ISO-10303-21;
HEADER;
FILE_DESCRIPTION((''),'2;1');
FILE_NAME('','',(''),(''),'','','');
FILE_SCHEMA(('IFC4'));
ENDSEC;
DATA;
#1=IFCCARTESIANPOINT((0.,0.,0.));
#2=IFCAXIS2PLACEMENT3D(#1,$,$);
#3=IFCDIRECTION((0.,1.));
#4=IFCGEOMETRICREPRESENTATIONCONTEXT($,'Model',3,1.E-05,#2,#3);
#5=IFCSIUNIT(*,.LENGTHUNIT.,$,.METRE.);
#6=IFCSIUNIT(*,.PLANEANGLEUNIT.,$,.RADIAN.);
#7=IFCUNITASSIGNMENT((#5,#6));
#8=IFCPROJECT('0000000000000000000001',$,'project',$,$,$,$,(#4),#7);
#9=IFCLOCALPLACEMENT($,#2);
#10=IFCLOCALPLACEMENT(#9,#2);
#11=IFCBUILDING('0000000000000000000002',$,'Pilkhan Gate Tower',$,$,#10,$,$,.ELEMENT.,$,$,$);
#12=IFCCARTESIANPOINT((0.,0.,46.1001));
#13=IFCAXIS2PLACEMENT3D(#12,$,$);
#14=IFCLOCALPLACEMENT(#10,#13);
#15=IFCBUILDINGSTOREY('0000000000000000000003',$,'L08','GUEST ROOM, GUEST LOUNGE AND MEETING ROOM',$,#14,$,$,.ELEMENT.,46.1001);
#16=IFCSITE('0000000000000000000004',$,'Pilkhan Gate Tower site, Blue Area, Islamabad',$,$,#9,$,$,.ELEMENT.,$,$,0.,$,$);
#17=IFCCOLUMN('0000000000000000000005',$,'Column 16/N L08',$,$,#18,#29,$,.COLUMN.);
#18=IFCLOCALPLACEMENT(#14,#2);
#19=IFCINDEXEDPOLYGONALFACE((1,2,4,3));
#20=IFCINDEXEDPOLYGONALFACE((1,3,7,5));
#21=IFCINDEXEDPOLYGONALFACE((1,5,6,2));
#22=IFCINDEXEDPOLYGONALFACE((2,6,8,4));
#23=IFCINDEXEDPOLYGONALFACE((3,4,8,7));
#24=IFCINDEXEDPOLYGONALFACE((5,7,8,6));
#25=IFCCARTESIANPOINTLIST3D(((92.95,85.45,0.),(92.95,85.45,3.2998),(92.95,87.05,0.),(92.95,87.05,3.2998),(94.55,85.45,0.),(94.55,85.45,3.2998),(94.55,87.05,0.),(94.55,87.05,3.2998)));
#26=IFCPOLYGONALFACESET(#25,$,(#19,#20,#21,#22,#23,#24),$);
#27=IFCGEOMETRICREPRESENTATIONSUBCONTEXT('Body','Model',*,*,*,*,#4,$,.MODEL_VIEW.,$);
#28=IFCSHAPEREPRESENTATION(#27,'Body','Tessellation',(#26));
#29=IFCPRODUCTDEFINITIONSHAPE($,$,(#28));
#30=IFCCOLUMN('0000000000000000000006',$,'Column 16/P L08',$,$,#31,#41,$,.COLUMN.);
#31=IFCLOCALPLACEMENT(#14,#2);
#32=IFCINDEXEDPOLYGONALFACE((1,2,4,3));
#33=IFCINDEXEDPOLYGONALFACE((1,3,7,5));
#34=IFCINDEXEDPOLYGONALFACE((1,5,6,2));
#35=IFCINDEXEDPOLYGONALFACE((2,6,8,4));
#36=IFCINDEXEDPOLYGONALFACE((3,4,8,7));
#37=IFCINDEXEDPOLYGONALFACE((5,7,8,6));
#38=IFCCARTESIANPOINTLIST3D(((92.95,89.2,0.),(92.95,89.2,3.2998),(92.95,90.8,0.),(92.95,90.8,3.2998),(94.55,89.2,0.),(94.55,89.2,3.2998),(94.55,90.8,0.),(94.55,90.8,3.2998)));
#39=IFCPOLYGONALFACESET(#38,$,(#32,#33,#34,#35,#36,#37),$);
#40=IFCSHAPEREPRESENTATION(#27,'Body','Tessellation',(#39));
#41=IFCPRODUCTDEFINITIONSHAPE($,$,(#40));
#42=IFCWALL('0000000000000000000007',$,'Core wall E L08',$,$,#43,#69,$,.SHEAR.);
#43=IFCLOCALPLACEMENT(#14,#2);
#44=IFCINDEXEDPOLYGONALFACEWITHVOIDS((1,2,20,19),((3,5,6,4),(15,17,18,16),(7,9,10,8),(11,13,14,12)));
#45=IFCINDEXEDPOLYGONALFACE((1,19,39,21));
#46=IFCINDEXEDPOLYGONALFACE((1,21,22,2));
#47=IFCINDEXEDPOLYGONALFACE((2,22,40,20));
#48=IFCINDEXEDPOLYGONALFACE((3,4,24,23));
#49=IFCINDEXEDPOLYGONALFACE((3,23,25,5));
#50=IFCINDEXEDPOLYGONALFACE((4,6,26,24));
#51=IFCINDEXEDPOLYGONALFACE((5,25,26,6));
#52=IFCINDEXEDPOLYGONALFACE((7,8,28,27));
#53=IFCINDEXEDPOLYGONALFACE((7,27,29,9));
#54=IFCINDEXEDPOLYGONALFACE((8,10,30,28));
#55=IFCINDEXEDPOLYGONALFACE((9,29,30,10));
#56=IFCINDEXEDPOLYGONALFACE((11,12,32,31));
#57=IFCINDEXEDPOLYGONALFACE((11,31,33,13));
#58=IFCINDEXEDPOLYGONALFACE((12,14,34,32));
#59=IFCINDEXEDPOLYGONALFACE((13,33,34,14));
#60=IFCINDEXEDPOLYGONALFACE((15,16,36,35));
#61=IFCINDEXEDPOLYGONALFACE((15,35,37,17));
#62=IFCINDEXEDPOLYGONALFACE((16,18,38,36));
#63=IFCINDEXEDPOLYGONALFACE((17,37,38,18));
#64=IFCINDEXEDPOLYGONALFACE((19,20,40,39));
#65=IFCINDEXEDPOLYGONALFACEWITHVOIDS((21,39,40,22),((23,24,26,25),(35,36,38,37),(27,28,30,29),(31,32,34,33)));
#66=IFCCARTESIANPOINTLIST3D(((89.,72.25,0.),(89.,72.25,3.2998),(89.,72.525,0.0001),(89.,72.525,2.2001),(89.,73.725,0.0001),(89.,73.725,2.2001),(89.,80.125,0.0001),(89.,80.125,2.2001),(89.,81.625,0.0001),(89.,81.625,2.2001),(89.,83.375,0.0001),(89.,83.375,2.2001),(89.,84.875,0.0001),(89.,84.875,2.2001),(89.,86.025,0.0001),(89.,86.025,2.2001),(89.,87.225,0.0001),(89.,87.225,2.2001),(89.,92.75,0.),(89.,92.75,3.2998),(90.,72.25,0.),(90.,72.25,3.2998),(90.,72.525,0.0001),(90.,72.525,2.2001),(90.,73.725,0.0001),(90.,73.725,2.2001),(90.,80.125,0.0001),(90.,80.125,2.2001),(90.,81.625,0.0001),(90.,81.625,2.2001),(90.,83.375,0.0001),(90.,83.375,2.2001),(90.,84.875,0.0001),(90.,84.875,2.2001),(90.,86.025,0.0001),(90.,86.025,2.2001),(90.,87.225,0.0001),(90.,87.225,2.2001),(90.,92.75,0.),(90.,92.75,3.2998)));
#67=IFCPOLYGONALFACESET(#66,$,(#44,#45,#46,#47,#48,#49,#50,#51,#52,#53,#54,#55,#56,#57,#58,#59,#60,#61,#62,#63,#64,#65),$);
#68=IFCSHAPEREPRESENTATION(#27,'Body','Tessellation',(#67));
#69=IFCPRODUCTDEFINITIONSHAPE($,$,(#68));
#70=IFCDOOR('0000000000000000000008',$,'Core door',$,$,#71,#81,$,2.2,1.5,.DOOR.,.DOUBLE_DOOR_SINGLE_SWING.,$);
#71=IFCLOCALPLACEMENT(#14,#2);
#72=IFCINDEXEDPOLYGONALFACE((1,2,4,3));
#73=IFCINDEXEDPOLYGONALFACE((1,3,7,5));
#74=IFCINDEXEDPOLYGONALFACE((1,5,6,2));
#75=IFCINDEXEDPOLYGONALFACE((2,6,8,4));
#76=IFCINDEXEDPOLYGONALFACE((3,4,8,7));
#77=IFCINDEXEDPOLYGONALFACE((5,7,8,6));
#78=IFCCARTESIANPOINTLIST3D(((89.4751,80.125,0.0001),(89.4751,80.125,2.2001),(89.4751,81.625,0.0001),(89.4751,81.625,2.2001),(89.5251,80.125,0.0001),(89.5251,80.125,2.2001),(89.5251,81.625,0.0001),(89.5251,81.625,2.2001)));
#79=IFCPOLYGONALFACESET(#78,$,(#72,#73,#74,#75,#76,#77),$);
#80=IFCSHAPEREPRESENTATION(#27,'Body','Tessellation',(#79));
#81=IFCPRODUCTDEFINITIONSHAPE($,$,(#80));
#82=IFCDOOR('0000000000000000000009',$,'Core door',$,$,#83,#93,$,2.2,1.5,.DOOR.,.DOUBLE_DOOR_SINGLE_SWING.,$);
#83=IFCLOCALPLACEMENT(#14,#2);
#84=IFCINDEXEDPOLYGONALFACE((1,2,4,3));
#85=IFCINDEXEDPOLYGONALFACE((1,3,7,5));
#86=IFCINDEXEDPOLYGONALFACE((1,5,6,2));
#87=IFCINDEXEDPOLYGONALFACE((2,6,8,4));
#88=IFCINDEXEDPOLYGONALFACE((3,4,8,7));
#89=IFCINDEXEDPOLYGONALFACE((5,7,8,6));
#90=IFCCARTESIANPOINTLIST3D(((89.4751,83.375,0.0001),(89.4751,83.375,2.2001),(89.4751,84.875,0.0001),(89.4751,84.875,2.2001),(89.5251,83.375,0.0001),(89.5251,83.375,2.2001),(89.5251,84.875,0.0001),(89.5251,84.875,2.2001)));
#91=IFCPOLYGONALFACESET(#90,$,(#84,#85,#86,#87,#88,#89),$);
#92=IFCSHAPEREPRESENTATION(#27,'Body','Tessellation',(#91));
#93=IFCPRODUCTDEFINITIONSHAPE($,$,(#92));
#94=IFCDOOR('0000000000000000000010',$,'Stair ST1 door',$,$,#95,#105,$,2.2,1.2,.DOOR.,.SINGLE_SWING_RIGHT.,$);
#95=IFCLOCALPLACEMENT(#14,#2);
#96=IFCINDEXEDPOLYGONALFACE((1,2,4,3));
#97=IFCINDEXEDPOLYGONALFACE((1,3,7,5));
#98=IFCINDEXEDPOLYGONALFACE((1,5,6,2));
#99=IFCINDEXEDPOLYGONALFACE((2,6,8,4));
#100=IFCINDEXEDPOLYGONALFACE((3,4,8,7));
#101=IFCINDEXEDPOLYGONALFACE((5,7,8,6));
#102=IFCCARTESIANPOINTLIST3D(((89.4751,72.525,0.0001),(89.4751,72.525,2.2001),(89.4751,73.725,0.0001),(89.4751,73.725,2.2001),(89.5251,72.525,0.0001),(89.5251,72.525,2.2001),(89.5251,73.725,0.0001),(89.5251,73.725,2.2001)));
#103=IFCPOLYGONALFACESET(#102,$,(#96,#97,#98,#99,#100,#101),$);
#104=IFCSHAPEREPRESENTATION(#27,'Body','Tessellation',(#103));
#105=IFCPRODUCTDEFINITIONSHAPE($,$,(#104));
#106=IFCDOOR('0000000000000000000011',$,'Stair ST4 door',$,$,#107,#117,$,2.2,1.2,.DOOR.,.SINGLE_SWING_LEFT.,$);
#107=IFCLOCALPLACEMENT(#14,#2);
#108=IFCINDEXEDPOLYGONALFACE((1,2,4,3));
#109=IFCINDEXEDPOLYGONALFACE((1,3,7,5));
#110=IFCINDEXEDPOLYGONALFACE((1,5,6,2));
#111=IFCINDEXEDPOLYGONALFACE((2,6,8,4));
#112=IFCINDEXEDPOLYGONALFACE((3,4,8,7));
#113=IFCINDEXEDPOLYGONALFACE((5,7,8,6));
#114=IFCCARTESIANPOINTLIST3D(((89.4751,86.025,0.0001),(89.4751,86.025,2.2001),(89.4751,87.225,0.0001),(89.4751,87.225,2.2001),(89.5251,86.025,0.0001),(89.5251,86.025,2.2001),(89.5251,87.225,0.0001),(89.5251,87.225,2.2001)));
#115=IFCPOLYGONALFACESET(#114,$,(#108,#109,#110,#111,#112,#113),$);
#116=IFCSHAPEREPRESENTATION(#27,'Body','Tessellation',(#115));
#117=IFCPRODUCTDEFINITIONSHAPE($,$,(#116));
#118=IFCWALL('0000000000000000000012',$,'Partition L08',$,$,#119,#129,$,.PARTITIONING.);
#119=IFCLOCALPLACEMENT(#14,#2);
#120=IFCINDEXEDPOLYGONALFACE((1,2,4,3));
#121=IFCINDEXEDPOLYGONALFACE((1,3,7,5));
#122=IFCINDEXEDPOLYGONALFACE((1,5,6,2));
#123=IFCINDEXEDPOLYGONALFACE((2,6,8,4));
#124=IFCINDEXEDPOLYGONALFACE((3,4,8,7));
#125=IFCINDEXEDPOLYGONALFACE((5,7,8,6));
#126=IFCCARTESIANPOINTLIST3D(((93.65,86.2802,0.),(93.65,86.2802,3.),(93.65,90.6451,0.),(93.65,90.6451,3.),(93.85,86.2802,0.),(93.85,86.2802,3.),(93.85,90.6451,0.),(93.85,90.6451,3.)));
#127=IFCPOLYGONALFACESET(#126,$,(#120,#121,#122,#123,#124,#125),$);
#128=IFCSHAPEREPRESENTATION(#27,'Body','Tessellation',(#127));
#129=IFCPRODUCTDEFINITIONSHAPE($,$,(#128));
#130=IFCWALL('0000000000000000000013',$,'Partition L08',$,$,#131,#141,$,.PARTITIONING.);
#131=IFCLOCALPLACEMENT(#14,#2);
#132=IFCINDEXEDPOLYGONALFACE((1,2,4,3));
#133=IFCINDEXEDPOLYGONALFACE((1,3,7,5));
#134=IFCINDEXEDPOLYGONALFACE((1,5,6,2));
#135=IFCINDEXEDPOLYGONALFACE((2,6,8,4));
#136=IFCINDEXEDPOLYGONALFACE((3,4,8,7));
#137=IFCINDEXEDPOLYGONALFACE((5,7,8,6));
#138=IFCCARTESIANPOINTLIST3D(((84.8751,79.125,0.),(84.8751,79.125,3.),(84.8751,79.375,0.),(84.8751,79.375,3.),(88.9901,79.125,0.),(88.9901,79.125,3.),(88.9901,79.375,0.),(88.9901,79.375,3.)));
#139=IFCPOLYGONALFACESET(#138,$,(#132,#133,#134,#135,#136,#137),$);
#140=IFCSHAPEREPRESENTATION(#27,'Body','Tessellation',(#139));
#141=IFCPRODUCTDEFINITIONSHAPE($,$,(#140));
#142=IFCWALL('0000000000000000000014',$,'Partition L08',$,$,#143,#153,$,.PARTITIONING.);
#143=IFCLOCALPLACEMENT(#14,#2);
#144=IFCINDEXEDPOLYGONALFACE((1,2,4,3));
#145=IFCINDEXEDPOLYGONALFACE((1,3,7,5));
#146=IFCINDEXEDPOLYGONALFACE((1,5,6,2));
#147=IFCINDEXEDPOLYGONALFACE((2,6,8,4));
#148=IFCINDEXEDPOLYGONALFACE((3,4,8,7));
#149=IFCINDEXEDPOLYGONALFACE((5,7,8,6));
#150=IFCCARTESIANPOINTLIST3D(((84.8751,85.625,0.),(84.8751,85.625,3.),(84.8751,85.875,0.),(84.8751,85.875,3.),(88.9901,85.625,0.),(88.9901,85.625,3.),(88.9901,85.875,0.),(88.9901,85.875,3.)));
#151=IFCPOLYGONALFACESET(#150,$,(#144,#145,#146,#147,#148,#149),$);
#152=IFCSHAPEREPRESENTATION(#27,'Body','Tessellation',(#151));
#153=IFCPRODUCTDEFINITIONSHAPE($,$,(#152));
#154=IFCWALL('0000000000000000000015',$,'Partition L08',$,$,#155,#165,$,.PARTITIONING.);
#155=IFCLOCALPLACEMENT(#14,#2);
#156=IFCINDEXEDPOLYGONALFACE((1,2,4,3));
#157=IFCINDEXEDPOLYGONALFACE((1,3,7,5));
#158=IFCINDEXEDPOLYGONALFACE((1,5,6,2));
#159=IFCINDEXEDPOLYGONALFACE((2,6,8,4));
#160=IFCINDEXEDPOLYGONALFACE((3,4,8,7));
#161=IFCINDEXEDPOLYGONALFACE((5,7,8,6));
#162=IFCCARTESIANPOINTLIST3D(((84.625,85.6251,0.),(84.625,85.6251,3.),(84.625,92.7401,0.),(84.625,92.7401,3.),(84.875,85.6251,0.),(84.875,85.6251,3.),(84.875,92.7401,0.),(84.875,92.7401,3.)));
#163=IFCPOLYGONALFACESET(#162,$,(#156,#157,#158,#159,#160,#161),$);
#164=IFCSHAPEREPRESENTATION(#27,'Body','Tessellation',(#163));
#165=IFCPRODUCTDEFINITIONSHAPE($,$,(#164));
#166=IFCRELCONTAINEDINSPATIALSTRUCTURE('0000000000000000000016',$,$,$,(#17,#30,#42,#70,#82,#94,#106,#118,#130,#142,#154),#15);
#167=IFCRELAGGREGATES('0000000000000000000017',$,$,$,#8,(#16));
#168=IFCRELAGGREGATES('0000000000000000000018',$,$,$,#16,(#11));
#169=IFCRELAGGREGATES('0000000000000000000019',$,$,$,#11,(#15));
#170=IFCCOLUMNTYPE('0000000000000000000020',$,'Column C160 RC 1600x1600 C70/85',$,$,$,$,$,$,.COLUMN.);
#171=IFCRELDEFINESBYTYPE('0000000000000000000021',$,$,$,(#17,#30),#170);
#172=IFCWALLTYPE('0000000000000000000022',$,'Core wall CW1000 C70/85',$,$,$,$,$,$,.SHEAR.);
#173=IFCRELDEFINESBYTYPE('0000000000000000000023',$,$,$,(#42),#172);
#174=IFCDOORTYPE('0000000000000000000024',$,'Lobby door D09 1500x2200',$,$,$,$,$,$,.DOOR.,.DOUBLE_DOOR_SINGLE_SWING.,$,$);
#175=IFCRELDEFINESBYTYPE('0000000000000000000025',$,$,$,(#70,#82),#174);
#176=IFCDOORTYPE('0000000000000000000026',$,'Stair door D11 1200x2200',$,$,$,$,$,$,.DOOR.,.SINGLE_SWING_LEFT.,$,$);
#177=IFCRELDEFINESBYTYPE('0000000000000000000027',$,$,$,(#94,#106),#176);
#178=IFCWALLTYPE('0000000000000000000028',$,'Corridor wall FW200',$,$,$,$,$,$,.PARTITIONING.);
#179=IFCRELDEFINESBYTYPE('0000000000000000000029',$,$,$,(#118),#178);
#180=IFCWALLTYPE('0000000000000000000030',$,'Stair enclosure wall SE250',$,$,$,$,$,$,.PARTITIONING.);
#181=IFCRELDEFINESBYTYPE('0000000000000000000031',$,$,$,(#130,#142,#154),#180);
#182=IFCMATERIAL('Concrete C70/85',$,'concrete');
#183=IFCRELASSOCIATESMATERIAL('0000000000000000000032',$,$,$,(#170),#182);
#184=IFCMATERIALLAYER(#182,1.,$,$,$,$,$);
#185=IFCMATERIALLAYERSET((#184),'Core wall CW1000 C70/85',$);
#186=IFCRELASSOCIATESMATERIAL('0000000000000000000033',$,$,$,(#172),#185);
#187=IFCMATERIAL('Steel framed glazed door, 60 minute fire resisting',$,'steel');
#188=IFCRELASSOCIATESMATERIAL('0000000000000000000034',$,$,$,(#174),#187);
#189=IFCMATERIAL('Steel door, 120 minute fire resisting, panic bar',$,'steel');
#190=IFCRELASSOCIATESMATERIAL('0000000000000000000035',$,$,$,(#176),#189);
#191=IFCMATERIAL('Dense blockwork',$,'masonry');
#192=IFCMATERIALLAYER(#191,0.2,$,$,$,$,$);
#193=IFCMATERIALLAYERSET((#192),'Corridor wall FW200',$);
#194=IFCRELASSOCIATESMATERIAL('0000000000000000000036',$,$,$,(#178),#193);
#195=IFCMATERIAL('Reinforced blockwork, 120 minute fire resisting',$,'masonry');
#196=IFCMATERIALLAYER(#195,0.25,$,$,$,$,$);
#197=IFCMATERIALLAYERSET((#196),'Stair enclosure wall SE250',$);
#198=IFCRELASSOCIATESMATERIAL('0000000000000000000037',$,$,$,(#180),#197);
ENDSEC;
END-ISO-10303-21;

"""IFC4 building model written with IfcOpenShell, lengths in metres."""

from ifc_helpers import new_model, si_unit, direction, frame, frame_2d, origin, origin_2d, place, context, subcontext, project, spatial, rectangle, extrude, material, layer, layer_set, material_profile, profile_set, type_object, element, fill, save


model = new_model("IFC4")

# Units and contexts
model_context = context("Model", 3, precision=1e-05, world=origin(), true_north=direction((0.0, 1.0)))
body_context = subcontext(model_context, "Body", "Model", "MODEL_VIEW")
ifc_project = project(units=[si_unit("LENGTHUNIT", "METRE"), si_unit("PLANEANGLEUNIT", "RADIAN")], contexts=[model_context])

# Site, building, storey
site_placement = place(None, origin())
site = spatial("IfcSite", under=ifc_project, at=site_placement, Name="Pilkhan Gate Tower site, Blue Area, Islamabad", CompositionType="ELEMENT", RefElevation=0.0)
building_placement = place(site_placement, origin())
building = spatial("IfcBuilding", under=site, at=building_placement, Name="Pilkhan Gate Tower", CompositionType="ELEMENT")
storey_placement = place(building_placement, frame((0.0, 0.0, 46.1001)))
storey = spatial("IfcBuildingStorey", under=building, at=storey_placement, Name="L08", Description="GUEST ROOM, GUEST LOUNGE AND MEETING ROOM", CompositionType="ELEMENT", Elevation=46.1001)

# Columns
ifc_material_1 = material(Name="Concrete C70/85", Category="concrete")
ifc_material_profile = material_profile(ifc_material_1, rectangle(XDim=1.6001, YDim=1.6001, at=origin_2d()), Name="RC 1600x1600")
ifc_profile_set = profile_set([ifc_material_profile], Name="Concrete C70/85")
column_type = type_object("IfcColumnType", Name="Column C160 RC 1600x1600 C70/85", PredefinedType="COLUMN", material=ifc_profile_set)
for number, where, z_axis, x_axis, name in (
    (1, (93.75, 86.25, 0.0), (0.0, 0.0, 1.0), (1.0, 0.0, 0.0), "Column 16/N L08"),
    (2, (93.75, 90.0, 0.0), (0.0, 0.0, 1.0), (1.0, 0.0, 0.0), "Column 16/P L08"),
):
    element("IfcColumn", number, at=place(storey_placement, frame(where, z_axis=z_axis, x_axis=x_axis)), inside=storey, type_object=column_type, Name=name, PredefinedType="COLUMN", context=body_context, shape_type="SweptSolid", body=[
        extrude(rectangle(XDim=1.6001, YDim=1.6001, at=origin_2d()), origin(), (0.0, 0.0, 1.0), 3.2998),
    ])

# Wall, openings, doors
ifc_layer_1 = layer(ifc_material_1, 1.0)
ifc_layer_set_1 = layer_set([ifc_layer_1], Name="Core wall CW1000 C70/85")
wall_type_1 = type_object("IfcWallType", Name="Core wall CW1000 C70/85", PredefinedType="SHEAR", material=ifc_layer_set_1)
wall_1_placement = place(storey_placement, frame((89.5, 72.25, 0.0), z_axis=(0.0, 0.0, 1.0), x_axis=(0.0, 1.0, 0.0)))
wall_1 = element("IfcWall", 3, at=wall_1_placement, inside=storey, type_object=wall_type_1, Name="Core wall E L08", PredefinedType="SHEAR", context=body_context, shape_type="SweptSolid", body=[
    extrude(rectangle(XDim=20.5, YDim=1.0, at=frame_2d((10.25, 0.0))), origin(), (0.0, 0.0, 1.0), 3.2998),
])
opening_1_placement = place(wall_1_placement, frame((0.2749, 0.0, 0.0)))
opening_1 = element("IfcOpeningElement", 4, at=opening_1_placement, cuts=wall_1, PredefinedType="OPENING", context=body_context, shape_type="SweptSolid", body=[
    extrude(rectangle(XDim=1.2, YDim=2.2, at=frame_2d((0.6001, 1.1001))), frame((0.0, 0.51, 0.0), z_axis=(0.0, -1.0, 0.0), x_axis=(1.0, 0.0, 0.0)), (0.0, 0.0, 1.0), 1.02),
])
opening_2_placement = place(wall_1_placement, frame((13.7749, 0.0, 0.0)))
opening_2 = element("IfcOpeningElement", 5, at=opening_2_placement, cuts=wall_1, PredefinedType="OPENING", context=body_context, shape_type="SweptSolid", body=[
    extrude(rectangle(XDim=1.2, YDim=2.2, at=frame_2d((0.6001, 1.1001))), frame((0.0, 0.51, 0.0), z_axis=(0.0, -1.0, 0.0), x_axis=(1.0, 0.0, 0.0)), (0.0, 0.0, 1.0), 1.02),
])
opening_3_placement = place(wall_1_placement, frame((7.875, 0.0, 0.0)))
opening_3 = element("IfcOpeningElement", 6, at=opening_3_placement, cuts=wall_1, PredefinedType="OPENING", context=body_context, shape_type="SweptSolid", body=[
    extrude(rectangle(XDim=1.5, YDim=2.2, at=frame_2d((0.75, 1.1001))), frame((0.0, 0.51, 0.0), z_axis=(0.0, -1.0, 0.0), x_axis=(1.0, 0.0, 0.0)), (0.0, 0.0, 1.0), 1.02),
])
opening_4_placement = place(wall_1_placement, frame((11.125, 0.0, 0.0)))
opening_4 = element("IfcOpeningElement", 7, at=opening_4_placement, cuts=wall_1, PredefinedType="OPENING", context=body_context, shape_type="SweptSolid", body=[
    extrude(rectangle(XDim=1.5, YDim=2.2, at=frame_2d((0.75, 1.1001))), frame((0.0, 0.51, 0.0), z_axis=(0.0, -1.0, 0.0), x_axis=(1.0, 0.0, 0.0)), (0.0, 0.0, 1.0), 1.02),
])
ifc_material_2 = material(Name="Steel framed glazed door, 60 minute fire resisting", Category="steel")
door_type_1 = type_object("IfcDoorType", Name="Lobby door D09 1500x2200", OperationType="DOUBLE_DOOR_SINGLE_SWING", PredefinedType="DOOR", material=ifc_material_2)
door_1_placement = place(opening_3_placement, origin())
door_1 = element("IfcDoor", 8, at=door_1_placement, inside=storey, type_object=door_type_1, Name="Core door", OperationType="DOUBLE_DOOR_SINGLE_SWING", OverallHeight=2.2, OverallWidth=1.5, PredefinedType="DOOR", context=body_context, shape_type="SweptSolid", body=[
    extrude(rectangle(XDim=1.5, YDim=2.2, at=frame_2d((0.75, 1.1001))), frame((0.0, 0.0249, 0.0), z_axis=(0.0, -1.0, 0.0), x_axis=(1.0, 0.0, 0.0)), (0.0, 0.0, 1.0), 0.05),
])
fill(opening_3, door_1)
door_2_placement = place(opening_4_placement, origin())
door_2 = element("IfcDoor", 9, at=door_2_placement, inside=storey, type_object=door_type_1, Name="Core door", OperationType="DOUBLE_DOOR_SINGLE_SWING", OverallHeight=2.2, OverallWidth=1.5, PredefinedType="DOOR", context=body_context, shape_type="SweptSolid", body=[
    extrude(rectangle(XDim=1.5, YDim=2.2, at=frame_2d((0.75, 1.1001))), frame((0.0, 0.0249, 0.0), z_axis=(0.0, -1.0, 0.0), x_axis=(1.0, 0.0, 0.0)), (0.0, 0.0, 1.0), 0.05),
])
fill(opening_4, door_2)
ifc_material_3 = material(Name="Steel door, 120 minute fire resisting, panic bar", Category="steel")
door_type_2 = type_object("IfcDoorType", Name="Stair door D11 1200x2200", OperationType="SINGLE_SWING_LEFT", PredefinedType="DOOR", material=ifc_material_3)
door_3_placement = place(opening_1_placement, origin())
door_3 = element("IfcDoor", 10, at=door_3_placement, inside=storey, type_object=door_type_2, Name="Stair ST1 door", OperationType="SINGLE_SWING_RIGHT", OverallHeight=2.2, OverallWidth=1.2, PredefinedType="DOOR", context=body_context, shape_type="SweptSolid", body=[
    extrude(rectangle(XDim=1.2, YDim=2.2, at=frame_2d((0.6001, 1.1001))), frame((0.0, 0.0249, 0.0), z_axis=(0.0, -1.0, 0.0), x_axis=(1.0, 0.0, 0.0)), (0.0, 0.0, 1.0), 0.05),
])
fill(opening_1, door_3)
door_4_placement = place(opening_2_placement, origin())
door_4 = element("IfcDoor", 11, at=door_4_placement, inside=storey, type_object=door_type_2, Name="Stair ST4 door", OperationType="SINGLE_SWING_LEFT", OverallHeight=2.2, OverallWidth=1.2, PredefinedType="DOOR", context=body_context, shape_type="SweptSolid", body=[
    extrude(rectangle(XDim=1.2, YDim=2.2, at=frame_2d((0.6001, 1.1001))), frame((0.0, 0.0249, 0.0), z_axis=(0.0, -1.0, 0.0), x_axis=(1.0, 0.0, 0.0)), (0.0, 0.0, 1.0), 0.05),
])
fill(opening_2, door_4)

# Walls
ifc_material_4 = material(Name="Dense blockwork", Category="masonry")
ifc_layer_2 = layer(ifc_material_4, 0.2)
ifc_layer_set_2 = layer_set([ifc_layer_2], Name="Corridor wall FW200")
wall_type_2 = type_object("IfcWallType", Name="Corridor wall FW200", PredefinedType="PARTITIONING", material=ifc_layer_set_2)
wall_2_placement = place(storey_placement, frame((93.75, 86.28, 0.0), z_axis=(0.0, 0.0, 1.0), x_axis=(0.0, 1.0, 0.0)))
element("IfcWall", 12, at=wall_2_placement, inside=storey, type_object=wall_type_2, Name="Partition L08", PredefinedType="PARTITIONING", context=body_context, shape_type="SweptSolid", body=[
    extrude(rectangle(XDim=4.365, YDim=0.2, at=frame_2d((2.1826, 0.0))), origin(), (0.0, 0.0, 1.0), 3.0),
])
ifc_material_5 = material(Name="Reinforced blockwork, 120 minute fire resisting", Category="masonry")
ifc_layer_3 = layer(ifc_material_5, 0.25)
ifc_layer_set_3 = layer_set([ifc_layer_3], Name="Stair enclosure wall SE250")
wall_type_3 = type_object("IfcWallType", Name="Stair enclosure wall SE250", PredefinedType="PARTITIONING", material=ifc_layer_set_3)
for number, where, z_axis, x_axis, name in (
    (13, (84.875, 79.25, 0.0), (0.0, 0.0, 1.0), (1.0, 0.0, 0.0), "Partition L08"),
    (14, (84.875, 85.75, 0.0), (0.0, 0.0, 1.0), (1.0, 0.0, 0.0), "Partition L08"),
):
    element("IfcWall", number, at=place(storey_placement, frame(where, z_axis=z_axis, x_axis=x_axis)), inside=storey, type_object=wall_type_3, Name=name, PredefinedType="PARTITIONING", context=body_context, shape_type="SweptSolid", body=[
        extrude(rectangle(XDim=4.115, YDim=0.25, at=frame_2d((2.0576, 0.0))), origin(), (0.0, 0.0, 1.0), 3.0),
    ])
wall_3_placement = place(storey_placement, frame((84.75, 85.625, 0.0), z_axis=(0.0, 0.0, 1.0), x_axis=(0.0, 1.0, 0.0)))
element("IfcWall", 15, at=wall_3_placement, inside=storey, type_object=wall_type_3, Name="Partition L08", PredefinedType="PARTITIONING", context=body_context, shape_type="SweptSolid", body=[
    extrude(rectangle(XDim=7.115, YDim=0.25, at=frame_2d((3.5576, 0.0))), origin(), (0.0, 0.0, 1.0), 3.0),
])

save(model, "model.ifc")
